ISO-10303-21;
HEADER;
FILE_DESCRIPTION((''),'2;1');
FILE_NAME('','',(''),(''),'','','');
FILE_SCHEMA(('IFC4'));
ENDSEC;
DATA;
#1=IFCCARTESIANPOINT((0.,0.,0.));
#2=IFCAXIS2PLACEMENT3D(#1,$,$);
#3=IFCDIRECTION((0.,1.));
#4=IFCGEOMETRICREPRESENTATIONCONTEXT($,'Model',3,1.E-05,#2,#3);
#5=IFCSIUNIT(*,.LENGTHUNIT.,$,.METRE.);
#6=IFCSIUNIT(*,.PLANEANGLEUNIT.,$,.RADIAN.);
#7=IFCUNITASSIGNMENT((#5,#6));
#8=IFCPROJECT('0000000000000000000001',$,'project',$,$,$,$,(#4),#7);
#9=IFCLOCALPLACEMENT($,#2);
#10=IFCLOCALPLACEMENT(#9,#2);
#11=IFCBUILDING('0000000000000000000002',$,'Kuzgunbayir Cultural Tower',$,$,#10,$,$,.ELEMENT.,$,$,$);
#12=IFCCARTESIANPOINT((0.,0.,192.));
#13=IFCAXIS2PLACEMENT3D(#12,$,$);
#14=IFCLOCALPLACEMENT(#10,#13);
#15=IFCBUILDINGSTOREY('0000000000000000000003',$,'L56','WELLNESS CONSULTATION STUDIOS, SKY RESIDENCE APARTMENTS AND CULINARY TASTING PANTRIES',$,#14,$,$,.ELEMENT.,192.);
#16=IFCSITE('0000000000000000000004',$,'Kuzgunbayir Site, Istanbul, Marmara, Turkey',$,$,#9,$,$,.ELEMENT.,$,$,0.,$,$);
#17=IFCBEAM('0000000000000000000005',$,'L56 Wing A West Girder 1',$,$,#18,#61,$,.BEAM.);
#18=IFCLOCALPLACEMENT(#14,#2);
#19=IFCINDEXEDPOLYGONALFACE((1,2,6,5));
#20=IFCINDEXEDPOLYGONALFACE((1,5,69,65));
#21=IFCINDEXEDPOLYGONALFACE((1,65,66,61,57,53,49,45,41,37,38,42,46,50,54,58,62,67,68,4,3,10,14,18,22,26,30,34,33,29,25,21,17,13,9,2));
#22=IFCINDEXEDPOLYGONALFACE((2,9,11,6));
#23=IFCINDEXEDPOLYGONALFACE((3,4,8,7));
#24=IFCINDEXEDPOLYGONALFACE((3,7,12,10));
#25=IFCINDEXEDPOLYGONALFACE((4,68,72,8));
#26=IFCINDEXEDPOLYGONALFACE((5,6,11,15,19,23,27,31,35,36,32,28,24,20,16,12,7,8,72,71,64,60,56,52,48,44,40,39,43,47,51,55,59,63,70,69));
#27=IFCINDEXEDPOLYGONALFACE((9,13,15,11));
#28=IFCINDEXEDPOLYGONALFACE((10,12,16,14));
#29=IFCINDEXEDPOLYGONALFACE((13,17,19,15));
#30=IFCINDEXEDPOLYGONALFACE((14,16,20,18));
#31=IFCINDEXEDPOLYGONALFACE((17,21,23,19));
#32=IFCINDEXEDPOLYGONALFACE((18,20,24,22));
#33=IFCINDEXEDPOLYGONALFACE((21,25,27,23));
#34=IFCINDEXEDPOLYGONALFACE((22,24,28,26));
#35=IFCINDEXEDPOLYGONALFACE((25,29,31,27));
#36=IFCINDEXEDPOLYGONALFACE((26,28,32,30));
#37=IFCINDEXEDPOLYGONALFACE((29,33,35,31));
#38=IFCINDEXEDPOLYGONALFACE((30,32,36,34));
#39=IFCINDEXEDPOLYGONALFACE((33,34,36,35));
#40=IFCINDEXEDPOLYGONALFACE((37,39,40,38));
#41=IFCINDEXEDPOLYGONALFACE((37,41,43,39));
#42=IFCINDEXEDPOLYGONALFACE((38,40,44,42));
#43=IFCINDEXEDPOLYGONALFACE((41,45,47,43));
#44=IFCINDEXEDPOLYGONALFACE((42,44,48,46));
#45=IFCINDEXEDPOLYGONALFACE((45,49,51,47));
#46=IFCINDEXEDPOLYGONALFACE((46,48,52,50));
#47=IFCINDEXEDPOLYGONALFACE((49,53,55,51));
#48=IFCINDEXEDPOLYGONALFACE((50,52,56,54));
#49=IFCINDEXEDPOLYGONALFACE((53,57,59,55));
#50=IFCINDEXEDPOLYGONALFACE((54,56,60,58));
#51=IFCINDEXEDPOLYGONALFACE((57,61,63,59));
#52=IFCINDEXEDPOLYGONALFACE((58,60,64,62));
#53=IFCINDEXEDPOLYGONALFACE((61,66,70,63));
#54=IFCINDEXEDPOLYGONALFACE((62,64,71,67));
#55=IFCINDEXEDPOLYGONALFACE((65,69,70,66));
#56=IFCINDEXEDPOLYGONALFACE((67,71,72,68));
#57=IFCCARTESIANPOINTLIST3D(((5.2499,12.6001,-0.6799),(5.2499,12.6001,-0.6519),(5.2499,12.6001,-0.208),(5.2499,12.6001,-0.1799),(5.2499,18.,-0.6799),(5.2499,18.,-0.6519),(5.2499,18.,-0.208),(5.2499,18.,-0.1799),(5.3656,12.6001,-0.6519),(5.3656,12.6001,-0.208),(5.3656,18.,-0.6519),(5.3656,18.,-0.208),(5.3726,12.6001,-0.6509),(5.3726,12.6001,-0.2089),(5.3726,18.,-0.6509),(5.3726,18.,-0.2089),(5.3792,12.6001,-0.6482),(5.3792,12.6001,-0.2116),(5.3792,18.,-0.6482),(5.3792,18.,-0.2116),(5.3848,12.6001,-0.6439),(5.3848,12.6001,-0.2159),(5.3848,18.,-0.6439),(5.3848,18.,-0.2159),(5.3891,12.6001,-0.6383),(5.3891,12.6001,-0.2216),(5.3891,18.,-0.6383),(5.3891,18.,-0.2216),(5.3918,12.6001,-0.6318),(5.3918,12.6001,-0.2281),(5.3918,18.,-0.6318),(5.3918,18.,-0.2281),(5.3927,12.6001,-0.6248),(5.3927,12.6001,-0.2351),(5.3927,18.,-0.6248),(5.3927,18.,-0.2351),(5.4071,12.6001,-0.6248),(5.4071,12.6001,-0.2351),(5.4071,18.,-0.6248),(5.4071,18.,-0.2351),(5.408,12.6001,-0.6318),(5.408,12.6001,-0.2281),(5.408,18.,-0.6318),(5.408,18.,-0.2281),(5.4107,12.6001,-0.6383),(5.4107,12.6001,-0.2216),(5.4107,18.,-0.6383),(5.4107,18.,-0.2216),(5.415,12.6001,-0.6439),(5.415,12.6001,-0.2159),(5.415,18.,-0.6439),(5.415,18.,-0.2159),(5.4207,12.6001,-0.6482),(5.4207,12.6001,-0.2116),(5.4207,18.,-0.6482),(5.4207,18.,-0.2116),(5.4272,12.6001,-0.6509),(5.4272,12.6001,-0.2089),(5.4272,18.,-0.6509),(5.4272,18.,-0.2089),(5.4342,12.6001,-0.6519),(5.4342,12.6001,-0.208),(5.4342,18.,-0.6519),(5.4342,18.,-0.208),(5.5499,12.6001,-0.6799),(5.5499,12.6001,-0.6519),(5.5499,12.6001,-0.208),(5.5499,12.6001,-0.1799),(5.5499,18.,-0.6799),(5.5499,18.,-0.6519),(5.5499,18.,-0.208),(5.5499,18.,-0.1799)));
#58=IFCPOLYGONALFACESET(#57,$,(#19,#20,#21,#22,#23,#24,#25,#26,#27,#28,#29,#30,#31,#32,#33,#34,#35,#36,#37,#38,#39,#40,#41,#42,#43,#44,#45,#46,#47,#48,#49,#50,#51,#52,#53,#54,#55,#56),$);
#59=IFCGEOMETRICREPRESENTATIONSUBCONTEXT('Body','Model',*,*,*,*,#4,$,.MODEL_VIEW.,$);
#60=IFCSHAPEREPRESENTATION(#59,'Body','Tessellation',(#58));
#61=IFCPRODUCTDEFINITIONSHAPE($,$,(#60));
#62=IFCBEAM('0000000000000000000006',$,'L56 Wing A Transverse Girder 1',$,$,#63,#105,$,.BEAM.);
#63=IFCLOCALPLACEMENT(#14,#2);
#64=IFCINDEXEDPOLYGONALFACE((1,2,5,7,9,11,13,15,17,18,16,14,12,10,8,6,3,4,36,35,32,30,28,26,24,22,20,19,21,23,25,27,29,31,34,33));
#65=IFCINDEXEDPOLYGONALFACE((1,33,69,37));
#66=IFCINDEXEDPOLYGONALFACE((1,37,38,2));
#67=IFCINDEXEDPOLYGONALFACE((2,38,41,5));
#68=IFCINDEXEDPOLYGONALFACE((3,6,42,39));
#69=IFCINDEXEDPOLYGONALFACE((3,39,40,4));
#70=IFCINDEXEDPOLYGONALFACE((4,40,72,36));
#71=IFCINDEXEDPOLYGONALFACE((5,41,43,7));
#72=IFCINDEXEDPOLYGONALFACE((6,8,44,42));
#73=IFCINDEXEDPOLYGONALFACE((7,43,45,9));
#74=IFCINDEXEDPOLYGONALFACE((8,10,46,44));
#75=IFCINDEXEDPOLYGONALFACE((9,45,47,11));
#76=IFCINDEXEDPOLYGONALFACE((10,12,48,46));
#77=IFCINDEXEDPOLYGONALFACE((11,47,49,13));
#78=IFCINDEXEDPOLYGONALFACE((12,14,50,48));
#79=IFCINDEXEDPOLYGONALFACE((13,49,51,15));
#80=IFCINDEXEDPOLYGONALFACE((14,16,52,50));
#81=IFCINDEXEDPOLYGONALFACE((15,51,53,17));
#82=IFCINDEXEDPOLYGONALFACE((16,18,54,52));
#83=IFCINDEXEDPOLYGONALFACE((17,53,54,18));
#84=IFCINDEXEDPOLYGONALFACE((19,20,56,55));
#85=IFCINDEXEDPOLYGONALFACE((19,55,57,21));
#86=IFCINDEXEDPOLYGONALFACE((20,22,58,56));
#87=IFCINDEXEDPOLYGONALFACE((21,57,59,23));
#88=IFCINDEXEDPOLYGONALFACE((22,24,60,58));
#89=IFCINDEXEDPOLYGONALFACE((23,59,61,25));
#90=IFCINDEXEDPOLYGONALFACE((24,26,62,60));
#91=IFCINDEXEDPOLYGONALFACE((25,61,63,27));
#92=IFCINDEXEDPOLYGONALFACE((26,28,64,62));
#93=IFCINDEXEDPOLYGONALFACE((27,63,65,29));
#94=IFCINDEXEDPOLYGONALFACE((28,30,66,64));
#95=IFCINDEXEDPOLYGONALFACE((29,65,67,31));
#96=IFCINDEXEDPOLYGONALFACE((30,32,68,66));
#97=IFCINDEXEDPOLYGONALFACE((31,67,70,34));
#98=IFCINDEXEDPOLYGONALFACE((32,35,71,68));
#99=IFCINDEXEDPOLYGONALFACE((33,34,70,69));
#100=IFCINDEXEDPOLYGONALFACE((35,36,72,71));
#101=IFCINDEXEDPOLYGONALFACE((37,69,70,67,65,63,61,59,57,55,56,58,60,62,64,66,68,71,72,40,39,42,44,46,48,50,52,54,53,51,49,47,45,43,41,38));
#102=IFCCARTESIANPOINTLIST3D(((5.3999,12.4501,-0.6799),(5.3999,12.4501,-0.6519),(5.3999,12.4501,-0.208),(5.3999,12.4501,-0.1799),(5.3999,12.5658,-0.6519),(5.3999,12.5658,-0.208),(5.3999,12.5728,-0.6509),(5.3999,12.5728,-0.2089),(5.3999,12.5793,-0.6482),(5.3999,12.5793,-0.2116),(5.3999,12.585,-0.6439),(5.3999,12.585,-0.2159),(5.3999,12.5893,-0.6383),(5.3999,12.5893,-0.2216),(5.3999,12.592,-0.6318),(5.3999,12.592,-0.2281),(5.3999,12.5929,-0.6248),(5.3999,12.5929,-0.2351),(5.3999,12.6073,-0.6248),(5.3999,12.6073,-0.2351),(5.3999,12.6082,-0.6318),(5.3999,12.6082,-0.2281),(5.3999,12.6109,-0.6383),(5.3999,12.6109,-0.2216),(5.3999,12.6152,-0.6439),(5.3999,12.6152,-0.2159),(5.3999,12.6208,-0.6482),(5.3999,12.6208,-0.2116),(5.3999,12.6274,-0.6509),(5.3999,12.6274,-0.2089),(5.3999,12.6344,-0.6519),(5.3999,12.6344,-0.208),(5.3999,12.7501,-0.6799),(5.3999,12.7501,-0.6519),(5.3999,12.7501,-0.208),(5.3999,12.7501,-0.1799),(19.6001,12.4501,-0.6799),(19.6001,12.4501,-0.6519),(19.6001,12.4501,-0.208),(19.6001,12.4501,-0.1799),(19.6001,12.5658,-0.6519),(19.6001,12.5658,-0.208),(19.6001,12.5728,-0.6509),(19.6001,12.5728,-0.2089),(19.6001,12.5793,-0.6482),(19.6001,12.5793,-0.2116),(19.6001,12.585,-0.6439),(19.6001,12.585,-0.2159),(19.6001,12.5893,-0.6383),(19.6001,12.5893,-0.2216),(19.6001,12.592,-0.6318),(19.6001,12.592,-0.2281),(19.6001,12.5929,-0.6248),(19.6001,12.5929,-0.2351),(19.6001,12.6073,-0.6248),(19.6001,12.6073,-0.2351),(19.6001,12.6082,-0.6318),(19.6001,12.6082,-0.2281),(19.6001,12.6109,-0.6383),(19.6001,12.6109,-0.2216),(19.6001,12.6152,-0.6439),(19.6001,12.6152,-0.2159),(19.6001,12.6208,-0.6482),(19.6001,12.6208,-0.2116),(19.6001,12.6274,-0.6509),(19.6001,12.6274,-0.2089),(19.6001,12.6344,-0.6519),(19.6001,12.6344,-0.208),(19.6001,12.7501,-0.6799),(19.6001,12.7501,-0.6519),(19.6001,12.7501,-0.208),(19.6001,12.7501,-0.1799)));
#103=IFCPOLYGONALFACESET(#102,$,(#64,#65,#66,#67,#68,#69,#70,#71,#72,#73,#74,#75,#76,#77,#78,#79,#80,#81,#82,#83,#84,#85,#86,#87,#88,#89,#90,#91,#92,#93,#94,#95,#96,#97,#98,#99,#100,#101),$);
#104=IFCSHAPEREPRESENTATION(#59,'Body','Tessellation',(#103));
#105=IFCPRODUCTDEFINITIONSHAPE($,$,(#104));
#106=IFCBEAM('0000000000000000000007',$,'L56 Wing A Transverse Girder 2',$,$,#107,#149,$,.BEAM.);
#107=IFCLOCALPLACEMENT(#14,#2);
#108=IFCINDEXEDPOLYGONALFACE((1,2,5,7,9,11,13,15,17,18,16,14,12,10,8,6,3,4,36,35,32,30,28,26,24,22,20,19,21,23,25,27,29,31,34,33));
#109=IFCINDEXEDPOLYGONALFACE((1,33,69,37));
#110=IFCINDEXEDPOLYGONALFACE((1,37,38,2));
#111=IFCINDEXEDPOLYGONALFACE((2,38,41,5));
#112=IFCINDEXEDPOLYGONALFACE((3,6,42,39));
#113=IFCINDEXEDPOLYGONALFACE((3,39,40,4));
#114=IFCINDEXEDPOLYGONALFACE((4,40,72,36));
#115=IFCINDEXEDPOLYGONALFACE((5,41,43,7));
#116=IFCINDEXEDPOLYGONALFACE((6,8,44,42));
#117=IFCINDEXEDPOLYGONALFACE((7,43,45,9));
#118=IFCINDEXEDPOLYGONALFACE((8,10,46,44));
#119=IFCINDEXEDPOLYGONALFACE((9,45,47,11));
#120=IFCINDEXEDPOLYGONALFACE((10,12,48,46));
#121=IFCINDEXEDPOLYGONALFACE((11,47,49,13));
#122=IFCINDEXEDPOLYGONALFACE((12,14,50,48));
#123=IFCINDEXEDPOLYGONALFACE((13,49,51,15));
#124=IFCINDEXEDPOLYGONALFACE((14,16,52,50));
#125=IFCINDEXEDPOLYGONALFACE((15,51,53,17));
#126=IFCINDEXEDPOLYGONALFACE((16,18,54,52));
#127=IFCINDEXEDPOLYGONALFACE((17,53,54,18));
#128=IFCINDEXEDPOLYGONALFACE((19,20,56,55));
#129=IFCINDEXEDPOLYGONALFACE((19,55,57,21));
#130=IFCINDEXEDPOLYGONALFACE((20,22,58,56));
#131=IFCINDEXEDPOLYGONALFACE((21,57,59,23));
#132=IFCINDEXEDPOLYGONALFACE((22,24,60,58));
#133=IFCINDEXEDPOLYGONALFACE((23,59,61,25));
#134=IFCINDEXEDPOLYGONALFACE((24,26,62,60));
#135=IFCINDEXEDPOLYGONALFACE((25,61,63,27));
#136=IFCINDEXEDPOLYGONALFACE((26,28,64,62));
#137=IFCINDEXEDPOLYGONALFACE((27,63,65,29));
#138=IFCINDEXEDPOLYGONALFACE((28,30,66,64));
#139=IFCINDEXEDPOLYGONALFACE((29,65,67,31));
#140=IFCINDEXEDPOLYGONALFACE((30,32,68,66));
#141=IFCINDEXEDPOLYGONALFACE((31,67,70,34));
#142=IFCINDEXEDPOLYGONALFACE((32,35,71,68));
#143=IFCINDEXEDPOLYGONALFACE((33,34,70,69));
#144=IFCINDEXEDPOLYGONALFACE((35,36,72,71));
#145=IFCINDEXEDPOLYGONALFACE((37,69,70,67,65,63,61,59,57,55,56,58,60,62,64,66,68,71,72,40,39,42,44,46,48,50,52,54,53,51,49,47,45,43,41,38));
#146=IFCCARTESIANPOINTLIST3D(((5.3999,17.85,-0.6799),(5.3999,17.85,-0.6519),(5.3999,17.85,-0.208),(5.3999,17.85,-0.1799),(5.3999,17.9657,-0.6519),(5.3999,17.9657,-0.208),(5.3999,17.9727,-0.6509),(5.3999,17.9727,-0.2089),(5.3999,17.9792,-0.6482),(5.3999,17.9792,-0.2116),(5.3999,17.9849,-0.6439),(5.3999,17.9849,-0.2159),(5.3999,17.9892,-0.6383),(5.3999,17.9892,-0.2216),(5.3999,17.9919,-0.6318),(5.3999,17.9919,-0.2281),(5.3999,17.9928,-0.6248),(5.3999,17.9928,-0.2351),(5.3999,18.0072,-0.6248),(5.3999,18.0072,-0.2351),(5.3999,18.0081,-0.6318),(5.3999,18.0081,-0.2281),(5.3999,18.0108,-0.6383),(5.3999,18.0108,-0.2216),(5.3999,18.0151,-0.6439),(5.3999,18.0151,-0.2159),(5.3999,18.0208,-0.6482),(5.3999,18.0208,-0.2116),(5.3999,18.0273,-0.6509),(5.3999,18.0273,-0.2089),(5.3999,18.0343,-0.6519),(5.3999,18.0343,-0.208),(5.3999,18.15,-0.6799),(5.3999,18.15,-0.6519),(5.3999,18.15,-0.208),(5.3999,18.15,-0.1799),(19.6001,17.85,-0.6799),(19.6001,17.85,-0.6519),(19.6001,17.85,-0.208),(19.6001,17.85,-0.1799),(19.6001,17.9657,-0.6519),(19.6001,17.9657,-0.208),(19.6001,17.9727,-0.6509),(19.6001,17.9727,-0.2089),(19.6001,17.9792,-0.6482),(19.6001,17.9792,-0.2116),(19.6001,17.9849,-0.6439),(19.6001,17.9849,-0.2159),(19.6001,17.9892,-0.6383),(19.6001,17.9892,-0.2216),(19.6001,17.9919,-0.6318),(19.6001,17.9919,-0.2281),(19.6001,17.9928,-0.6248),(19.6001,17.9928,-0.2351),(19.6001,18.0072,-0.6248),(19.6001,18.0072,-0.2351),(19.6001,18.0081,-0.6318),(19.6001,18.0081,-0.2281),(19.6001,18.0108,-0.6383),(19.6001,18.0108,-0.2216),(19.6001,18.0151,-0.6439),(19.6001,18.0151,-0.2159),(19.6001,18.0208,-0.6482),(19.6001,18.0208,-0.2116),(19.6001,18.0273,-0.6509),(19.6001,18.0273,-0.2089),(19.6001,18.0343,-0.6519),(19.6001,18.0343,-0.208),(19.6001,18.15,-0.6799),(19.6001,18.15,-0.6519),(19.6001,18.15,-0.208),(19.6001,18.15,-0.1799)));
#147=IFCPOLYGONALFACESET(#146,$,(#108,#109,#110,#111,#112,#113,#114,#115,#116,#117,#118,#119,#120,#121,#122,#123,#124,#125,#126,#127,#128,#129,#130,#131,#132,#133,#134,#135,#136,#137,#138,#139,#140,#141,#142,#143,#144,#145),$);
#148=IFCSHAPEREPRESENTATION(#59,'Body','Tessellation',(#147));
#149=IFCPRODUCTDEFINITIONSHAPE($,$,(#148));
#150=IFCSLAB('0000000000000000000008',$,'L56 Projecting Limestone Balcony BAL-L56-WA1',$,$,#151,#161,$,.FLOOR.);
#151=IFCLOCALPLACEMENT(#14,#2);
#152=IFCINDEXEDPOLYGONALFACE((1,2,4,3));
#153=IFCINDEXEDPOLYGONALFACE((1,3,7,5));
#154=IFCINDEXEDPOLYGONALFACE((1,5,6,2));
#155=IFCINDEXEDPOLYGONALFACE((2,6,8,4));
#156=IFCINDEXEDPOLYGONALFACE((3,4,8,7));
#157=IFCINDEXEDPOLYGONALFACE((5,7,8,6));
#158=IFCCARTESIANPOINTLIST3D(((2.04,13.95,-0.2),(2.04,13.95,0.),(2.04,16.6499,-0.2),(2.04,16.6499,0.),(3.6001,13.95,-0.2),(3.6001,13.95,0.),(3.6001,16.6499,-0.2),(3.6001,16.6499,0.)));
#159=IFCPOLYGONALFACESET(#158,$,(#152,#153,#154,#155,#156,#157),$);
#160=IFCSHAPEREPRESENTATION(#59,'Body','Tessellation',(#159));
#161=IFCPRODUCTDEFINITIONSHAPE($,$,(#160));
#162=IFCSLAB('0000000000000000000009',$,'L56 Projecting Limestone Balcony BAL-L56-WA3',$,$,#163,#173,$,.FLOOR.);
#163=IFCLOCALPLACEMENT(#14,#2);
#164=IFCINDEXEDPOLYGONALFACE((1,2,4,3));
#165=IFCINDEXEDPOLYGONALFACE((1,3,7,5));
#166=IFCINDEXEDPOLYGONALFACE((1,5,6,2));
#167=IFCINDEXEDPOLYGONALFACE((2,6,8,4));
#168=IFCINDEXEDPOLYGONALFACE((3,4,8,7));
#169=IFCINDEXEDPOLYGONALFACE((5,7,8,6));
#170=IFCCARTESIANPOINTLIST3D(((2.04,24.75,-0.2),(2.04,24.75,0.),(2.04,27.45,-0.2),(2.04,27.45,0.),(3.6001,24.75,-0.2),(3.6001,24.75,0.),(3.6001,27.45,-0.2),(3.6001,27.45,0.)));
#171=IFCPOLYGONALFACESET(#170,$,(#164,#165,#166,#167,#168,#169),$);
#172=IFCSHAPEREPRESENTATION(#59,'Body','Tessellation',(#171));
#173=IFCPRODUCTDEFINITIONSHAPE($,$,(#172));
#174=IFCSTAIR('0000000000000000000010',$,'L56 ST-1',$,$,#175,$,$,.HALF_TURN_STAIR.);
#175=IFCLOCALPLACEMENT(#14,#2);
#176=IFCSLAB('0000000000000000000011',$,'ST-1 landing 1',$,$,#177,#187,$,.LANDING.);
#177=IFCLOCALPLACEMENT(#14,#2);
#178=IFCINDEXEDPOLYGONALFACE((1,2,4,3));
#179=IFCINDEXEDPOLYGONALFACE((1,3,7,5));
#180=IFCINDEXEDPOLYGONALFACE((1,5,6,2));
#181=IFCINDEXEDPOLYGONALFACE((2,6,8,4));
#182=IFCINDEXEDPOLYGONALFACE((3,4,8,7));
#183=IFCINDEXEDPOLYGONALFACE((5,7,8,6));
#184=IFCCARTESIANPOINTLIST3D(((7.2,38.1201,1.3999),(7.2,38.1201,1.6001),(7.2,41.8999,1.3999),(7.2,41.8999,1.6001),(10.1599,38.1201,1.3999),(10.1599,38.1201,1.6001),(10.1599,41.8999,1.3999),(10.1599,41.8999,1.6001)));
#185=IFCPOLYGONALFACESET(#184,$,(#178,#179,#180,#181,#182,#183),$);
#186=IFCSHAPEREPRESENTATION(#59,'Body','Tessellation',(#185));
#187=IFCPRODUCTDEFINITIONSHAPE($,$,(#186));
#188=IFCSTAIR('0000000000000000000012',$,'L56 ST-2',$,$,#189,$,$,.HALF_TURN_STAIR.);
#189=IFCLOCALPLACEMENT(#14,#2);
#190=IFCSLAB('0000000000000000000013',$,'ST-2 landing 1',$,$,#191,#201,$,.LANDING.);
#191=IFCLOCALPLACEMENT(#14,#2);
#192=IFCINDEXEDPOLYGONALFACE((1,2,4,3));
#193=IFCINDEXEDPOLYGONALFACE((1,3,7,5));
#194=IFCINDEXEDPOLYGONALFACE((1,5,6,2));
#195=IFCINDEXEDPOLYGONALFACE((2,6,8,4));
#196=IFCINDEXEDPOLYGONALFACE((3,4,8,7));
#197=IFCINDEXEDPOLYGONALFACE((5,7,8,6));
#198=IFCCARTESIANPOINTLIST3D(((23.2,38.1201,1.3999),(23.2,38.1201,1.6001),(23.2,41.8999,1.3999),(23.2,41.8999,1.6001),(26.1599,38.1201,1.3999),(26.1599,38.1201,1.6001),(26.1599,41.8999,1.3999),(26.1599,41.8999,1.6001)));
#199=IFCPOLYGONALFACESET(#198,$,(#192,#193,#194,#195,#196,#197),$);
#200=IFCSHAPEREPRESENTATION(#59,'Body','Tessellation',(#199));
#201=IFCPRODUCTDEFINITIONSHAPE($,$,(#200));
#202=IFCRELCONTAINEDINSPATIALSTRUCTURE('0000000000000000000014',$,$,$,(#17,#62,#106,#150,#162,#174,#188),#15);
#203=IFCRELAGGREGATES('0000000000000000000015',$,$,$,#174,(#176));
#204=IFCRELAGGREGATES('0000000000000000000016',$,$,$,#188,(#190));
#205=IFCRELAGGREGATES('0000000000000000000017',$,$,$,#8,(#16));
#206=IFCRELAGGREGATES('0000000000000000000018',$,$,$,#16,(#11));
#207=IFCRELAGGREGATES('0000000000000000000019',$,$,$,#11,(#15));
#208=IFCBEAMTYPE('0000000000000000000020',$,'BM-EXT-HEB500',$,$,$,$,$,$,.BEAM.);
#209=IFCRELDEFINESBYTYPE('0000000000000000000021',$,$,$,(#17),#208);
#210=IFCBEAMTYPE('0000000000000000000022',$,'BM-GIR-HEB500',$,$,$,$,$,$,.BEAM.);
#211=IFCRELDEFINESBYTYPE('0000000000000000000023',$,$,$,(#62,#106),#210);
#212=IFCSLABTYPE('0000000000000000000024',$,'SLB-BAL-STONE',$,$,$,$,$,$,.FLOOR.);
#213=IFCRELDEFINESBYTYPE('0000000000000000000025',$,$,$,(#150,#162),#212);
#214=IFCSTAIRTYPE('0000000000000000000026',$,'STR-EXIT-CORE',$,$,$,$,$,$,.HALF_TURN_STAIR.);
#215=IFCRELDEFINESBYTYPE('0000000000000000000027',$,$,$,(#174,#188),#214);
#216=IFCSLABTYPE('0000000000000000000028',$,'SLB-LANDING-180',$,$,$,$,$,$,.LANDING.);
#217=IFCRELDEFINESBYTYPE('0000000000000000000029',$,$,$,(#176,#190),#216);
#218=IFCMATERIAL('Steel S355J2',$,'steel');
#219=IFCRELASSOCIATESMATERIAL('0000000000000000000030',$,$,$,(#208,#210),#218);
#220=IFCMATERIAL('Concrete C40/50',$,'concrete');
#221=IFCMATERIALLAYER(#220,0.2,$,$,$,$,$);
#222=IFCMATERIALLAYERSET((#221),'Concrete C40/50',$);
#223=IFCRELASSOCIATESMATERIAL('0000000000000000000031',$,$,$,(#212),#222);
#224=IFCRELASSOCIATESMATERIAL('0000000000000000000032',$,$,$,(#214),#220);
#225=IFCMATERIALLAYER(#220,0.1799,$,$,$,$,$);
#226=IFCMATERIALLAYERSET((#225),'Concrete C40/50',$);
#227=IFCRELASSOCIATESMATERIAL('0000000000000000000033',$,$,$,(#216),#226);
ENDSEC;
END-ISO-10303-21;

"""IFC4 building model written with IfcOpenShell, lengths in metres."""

from ifc_helpers import new_model, si_unit, direction, frame, origin, origin_2d, place, context, subcontext, project, spatial, polyline, i_section, outline, extrude, material, layer, layer_set, material_profile, profile_set, type_object, element, aggregate, save


model = new_model("IFC4")

# Units and contexts
model_context = context("Model", 3, precision=1e-05, world=origin(), true_north=direction((0.0, 1.0)))
body_context = subcontext(model_context, "Body", "Model", "MODEL_VIEW")
ifc_project = project(units=[si_unit("LENGTHUNIT", "METRE"), si_unit("PLANEANGLEUNIT", "RADIAN")], contexts=[model_context])

# Site, building, storey
site_placement = place(None, origin())
site = spatial("IfcSite", under=ifc_project, at=site_placement, Name="Kuzgunbayir Site, Istanbul, Marmara, Turkey", CompositionType="ELEMENT", RefElevation=0.0)
building_placement = place(site_placement, origin())
building = spatial("IfcBuilding", under=site, at=building_placement, Name="Kuzgunbayir Cultural Tower", CompositionType="ELEMENT")
storey_placement = place(building_placement, frame((0.0, 0.0, 192.0)))
storey = spatial("IfcBuildingStorey", under=building, at=storey_placement, Name="L56", Description="WELLNESS CONSULTATION STUDIOS, SKY RESIDENCE APARTMENTS AND CULINARY TASTING PANTRIES", CompositionType="ELEMENT", Elevation=192.0)

# Beams
ifc_material_1 = material(Name="Steel S355J2", Category="steel")
ifc_material_profile_1 = material_profile(ifc_material_1, i_section(OverallWidth=0.3, OverallDepth=0.5, WebThickness=0.0144, FlangeThickness=0.0281, FilletRadius=0.0271, at=origin_2d()), Name="HEB 500")
ifc_profile_set_1 = profile_set([ifc_material_profile_1], Name="Steel S355J2")
beam_type_1 = type_object("IfcBeamType", Name="BM-EXT-HEB500", PredefinedType="BEAM", material=ifc_profile_set_1)
beam_1_placement = place(storey_placement, frame((5.3999, 12.6001, -0.4299), z_axis=(0.0, 1.0, 0.0), x_axis=(-1.0, 0.0, 0.0)))
element("IfcBeam", 1, at=beam_1_placement, inside=storey, type_object=beam_type_1, Name="L56 Wing A West Girder 1", PredefinedType="BEAM", context=body_context, shape_type="SweptSolid", body=[
    extrude(i_section(OverallWidth=0.3, OverallDepth=0.5, WebThickness=0.0144, FlangeThickness=0.0281, FilletRadius=0.0271, at=origin_2d()), origin(), (0.0, 0.0, 1.0), 5.3999),
])
ifc_material_profile_2 = material_profile(ifc_material_1, i_section(OverallWidth=0.3, OverallDepth=0.5, WebThickness=0.0144, FlangeThickness=0.0281, FilletRadius=0.0271, at=origin_2d()), Name="HEB 500")
ifc_profile_set_2 = profile_set([ifc_material_profile_2], Name="Steel S355J2")
beam_type_2 = type_object("IfcBeamType", Name="BM-GIR-HEB500", PredefinedType="BEAM", material=ifc_profile_set_2)
for number, where, z_axis, x_axis, name in (
    (2, (5.3999, 12.6001, -0.4299), (1.0, 0.0, 0.0), (0.0, 1.0, 0.0), "L56 Wing A Transverse Girder 1"),
    (3, (5.3999, 18.0, -0.4299), (1.0, 0.0, 0.0), (0.0, 1.0, 0.0), "L56 Wing A Transverse Girder 2"),
):
    element("IfcBeam", number, at=place(storey_placement, frame(where, z_axis=z_axis, x_axis=x_axis)), inside=storey, type_object=beam_type_2, Name=name, PredefinedType="BEAM", context=body_context, shape_type="SweptSolid", body=[
        extrude(i_section(OverallWidth=0.3, OverallDepth=0.5, WebThickness=0.0144, FlangeThickness=0.0281, FilletRadius=0.0271, at=origin_2d()), origin(), (0.0, 0.0, 1.0), 14.2002),
    ])

# Slabs
ifc_material_2 = material(Name="Concrete C40/50", Category="concrete")
ifc_layer_1 = layer(ifc_material_2, 0.2)
ifc_layer_set_1 = layer_set([ifc_layer_1], Name="Concrete C40/50")
slab_type_1 = type_object("IfcSlabType", Name="SLB-BAL-STONE", PredefinedType="FLOOR", material=ifc_layer_set_1)
slab_1_placement = place(storey_placement, frame((0.0, 0.0, -0.2)))
element("IfcSlab", 4, at=slab_1_placement, inside=storey, type_object=slab_type_1, Name="L56 Projecting Limestone Balcony BAL-L56-WA1", PredefinedType="FLOOR", context=body_context, shape_type="SweptSolid", body=[
    extrude(outline(polyline([(2.04, 13.95), (3.6001, 13.95), (3.6001, 16.6499), (2.04, 16.6499), (2.04, 13.95)])), origin(), (0.0, 0.0, 1.0), 0.2),
])
slab_2_placement = place(storey_placement, frame((0.0, 0.0, -0.2)))
element("IfcSlab", 5, at=slab_2_placement, inside=storey, type_object=slab_type_1, Name="L56 Projecting Limestone Balcony BAL-L56-WA3", PredefinedType="FLOOR", context=body_context, shape_type="SweptSolid", body=[
    extrude(outline(polyline([(2.04, 24.75), (3.6001, 24.75), (3.6001, 27.45), (2.04, 27.45), (2.04, 24.75)])), origin(), (0.0, 0.0, 1.0), 0.2),
])

# Stairs, slabs
stair_type = type_object("IfcStairType", Name="STR-EXIT-CORE", PredefinedType="HALF_TURN_STAIR", material=ifc_material_2)
stair_1_placement = place(storey_placement, origin())
stair_1 = element("IfcStair", 6, at=stair_1_placement, inside=storey, type_object=stair_type, Name="L56 ST-1", PredefinedType="HALF_TURN_STAIR")
ifc_layer_2 = layer(ifc_material_2, 0.1799)
ifc_layer_set_2 = layer_set([ifc_layer_2], Name="Concrete C40/50")
slab_type_2 = type_object("IfcSlabType", Name="SLB-LANDING-180", PredefinedType="LANDING", material=ifc_layer_set_2)
slab_3_placement = place(storey_placement, frame((0.0, 0.0, 1.3999)))
slab_3 = element("IfcSlab", 7, at=slab_3_placement, type_object=slab_type_2, Name="ST-1 landing 1", PredefinedType="LANDING", context=body_context, shape_type="SweptSolid", body=[
    extrude(outline(polyline([(10.1599, 38.1201), (10.1599, 41.8999), (7.2, 41.8999), (7.2, 38.1201), (10.1599, 38.1201)])), origin(), (0.0, 0.0, 1.0), 0.2002),
])
aggregate(stair_1, [slab_3])
stair_2_placement = place(storey_placement, origin())
stair_2 = element("IfcStair", 8, at=stair_2_placement, inside=storey, type_object=stair_type, Name="L56 ST-2", PredefinedType="HALF_TURN_STAIR")
slab_4_placement = place(storey_placement, frame((0.0, 0.0, 1.3999)))
slab_4 = element("IfcSlab", 9, at=slab_4_placement, type_object=slab_type_2, Name="ST-2 landing 1", PredefinedType="LANDING", context=body_context, shape_type="SweptSolid", body=[
    extrude(outline(polyline([(26.1599, 38.1201), (26.1599, 41.8999), (23.2, 41.8999), (23.2, 38.1201), (26.1599, 38.1201)])), origin(), (0.0, 0.0, 1.0), 0.2002),
])
aggregate(stair_2, [slab_4])

save(model, "model.ifc")
